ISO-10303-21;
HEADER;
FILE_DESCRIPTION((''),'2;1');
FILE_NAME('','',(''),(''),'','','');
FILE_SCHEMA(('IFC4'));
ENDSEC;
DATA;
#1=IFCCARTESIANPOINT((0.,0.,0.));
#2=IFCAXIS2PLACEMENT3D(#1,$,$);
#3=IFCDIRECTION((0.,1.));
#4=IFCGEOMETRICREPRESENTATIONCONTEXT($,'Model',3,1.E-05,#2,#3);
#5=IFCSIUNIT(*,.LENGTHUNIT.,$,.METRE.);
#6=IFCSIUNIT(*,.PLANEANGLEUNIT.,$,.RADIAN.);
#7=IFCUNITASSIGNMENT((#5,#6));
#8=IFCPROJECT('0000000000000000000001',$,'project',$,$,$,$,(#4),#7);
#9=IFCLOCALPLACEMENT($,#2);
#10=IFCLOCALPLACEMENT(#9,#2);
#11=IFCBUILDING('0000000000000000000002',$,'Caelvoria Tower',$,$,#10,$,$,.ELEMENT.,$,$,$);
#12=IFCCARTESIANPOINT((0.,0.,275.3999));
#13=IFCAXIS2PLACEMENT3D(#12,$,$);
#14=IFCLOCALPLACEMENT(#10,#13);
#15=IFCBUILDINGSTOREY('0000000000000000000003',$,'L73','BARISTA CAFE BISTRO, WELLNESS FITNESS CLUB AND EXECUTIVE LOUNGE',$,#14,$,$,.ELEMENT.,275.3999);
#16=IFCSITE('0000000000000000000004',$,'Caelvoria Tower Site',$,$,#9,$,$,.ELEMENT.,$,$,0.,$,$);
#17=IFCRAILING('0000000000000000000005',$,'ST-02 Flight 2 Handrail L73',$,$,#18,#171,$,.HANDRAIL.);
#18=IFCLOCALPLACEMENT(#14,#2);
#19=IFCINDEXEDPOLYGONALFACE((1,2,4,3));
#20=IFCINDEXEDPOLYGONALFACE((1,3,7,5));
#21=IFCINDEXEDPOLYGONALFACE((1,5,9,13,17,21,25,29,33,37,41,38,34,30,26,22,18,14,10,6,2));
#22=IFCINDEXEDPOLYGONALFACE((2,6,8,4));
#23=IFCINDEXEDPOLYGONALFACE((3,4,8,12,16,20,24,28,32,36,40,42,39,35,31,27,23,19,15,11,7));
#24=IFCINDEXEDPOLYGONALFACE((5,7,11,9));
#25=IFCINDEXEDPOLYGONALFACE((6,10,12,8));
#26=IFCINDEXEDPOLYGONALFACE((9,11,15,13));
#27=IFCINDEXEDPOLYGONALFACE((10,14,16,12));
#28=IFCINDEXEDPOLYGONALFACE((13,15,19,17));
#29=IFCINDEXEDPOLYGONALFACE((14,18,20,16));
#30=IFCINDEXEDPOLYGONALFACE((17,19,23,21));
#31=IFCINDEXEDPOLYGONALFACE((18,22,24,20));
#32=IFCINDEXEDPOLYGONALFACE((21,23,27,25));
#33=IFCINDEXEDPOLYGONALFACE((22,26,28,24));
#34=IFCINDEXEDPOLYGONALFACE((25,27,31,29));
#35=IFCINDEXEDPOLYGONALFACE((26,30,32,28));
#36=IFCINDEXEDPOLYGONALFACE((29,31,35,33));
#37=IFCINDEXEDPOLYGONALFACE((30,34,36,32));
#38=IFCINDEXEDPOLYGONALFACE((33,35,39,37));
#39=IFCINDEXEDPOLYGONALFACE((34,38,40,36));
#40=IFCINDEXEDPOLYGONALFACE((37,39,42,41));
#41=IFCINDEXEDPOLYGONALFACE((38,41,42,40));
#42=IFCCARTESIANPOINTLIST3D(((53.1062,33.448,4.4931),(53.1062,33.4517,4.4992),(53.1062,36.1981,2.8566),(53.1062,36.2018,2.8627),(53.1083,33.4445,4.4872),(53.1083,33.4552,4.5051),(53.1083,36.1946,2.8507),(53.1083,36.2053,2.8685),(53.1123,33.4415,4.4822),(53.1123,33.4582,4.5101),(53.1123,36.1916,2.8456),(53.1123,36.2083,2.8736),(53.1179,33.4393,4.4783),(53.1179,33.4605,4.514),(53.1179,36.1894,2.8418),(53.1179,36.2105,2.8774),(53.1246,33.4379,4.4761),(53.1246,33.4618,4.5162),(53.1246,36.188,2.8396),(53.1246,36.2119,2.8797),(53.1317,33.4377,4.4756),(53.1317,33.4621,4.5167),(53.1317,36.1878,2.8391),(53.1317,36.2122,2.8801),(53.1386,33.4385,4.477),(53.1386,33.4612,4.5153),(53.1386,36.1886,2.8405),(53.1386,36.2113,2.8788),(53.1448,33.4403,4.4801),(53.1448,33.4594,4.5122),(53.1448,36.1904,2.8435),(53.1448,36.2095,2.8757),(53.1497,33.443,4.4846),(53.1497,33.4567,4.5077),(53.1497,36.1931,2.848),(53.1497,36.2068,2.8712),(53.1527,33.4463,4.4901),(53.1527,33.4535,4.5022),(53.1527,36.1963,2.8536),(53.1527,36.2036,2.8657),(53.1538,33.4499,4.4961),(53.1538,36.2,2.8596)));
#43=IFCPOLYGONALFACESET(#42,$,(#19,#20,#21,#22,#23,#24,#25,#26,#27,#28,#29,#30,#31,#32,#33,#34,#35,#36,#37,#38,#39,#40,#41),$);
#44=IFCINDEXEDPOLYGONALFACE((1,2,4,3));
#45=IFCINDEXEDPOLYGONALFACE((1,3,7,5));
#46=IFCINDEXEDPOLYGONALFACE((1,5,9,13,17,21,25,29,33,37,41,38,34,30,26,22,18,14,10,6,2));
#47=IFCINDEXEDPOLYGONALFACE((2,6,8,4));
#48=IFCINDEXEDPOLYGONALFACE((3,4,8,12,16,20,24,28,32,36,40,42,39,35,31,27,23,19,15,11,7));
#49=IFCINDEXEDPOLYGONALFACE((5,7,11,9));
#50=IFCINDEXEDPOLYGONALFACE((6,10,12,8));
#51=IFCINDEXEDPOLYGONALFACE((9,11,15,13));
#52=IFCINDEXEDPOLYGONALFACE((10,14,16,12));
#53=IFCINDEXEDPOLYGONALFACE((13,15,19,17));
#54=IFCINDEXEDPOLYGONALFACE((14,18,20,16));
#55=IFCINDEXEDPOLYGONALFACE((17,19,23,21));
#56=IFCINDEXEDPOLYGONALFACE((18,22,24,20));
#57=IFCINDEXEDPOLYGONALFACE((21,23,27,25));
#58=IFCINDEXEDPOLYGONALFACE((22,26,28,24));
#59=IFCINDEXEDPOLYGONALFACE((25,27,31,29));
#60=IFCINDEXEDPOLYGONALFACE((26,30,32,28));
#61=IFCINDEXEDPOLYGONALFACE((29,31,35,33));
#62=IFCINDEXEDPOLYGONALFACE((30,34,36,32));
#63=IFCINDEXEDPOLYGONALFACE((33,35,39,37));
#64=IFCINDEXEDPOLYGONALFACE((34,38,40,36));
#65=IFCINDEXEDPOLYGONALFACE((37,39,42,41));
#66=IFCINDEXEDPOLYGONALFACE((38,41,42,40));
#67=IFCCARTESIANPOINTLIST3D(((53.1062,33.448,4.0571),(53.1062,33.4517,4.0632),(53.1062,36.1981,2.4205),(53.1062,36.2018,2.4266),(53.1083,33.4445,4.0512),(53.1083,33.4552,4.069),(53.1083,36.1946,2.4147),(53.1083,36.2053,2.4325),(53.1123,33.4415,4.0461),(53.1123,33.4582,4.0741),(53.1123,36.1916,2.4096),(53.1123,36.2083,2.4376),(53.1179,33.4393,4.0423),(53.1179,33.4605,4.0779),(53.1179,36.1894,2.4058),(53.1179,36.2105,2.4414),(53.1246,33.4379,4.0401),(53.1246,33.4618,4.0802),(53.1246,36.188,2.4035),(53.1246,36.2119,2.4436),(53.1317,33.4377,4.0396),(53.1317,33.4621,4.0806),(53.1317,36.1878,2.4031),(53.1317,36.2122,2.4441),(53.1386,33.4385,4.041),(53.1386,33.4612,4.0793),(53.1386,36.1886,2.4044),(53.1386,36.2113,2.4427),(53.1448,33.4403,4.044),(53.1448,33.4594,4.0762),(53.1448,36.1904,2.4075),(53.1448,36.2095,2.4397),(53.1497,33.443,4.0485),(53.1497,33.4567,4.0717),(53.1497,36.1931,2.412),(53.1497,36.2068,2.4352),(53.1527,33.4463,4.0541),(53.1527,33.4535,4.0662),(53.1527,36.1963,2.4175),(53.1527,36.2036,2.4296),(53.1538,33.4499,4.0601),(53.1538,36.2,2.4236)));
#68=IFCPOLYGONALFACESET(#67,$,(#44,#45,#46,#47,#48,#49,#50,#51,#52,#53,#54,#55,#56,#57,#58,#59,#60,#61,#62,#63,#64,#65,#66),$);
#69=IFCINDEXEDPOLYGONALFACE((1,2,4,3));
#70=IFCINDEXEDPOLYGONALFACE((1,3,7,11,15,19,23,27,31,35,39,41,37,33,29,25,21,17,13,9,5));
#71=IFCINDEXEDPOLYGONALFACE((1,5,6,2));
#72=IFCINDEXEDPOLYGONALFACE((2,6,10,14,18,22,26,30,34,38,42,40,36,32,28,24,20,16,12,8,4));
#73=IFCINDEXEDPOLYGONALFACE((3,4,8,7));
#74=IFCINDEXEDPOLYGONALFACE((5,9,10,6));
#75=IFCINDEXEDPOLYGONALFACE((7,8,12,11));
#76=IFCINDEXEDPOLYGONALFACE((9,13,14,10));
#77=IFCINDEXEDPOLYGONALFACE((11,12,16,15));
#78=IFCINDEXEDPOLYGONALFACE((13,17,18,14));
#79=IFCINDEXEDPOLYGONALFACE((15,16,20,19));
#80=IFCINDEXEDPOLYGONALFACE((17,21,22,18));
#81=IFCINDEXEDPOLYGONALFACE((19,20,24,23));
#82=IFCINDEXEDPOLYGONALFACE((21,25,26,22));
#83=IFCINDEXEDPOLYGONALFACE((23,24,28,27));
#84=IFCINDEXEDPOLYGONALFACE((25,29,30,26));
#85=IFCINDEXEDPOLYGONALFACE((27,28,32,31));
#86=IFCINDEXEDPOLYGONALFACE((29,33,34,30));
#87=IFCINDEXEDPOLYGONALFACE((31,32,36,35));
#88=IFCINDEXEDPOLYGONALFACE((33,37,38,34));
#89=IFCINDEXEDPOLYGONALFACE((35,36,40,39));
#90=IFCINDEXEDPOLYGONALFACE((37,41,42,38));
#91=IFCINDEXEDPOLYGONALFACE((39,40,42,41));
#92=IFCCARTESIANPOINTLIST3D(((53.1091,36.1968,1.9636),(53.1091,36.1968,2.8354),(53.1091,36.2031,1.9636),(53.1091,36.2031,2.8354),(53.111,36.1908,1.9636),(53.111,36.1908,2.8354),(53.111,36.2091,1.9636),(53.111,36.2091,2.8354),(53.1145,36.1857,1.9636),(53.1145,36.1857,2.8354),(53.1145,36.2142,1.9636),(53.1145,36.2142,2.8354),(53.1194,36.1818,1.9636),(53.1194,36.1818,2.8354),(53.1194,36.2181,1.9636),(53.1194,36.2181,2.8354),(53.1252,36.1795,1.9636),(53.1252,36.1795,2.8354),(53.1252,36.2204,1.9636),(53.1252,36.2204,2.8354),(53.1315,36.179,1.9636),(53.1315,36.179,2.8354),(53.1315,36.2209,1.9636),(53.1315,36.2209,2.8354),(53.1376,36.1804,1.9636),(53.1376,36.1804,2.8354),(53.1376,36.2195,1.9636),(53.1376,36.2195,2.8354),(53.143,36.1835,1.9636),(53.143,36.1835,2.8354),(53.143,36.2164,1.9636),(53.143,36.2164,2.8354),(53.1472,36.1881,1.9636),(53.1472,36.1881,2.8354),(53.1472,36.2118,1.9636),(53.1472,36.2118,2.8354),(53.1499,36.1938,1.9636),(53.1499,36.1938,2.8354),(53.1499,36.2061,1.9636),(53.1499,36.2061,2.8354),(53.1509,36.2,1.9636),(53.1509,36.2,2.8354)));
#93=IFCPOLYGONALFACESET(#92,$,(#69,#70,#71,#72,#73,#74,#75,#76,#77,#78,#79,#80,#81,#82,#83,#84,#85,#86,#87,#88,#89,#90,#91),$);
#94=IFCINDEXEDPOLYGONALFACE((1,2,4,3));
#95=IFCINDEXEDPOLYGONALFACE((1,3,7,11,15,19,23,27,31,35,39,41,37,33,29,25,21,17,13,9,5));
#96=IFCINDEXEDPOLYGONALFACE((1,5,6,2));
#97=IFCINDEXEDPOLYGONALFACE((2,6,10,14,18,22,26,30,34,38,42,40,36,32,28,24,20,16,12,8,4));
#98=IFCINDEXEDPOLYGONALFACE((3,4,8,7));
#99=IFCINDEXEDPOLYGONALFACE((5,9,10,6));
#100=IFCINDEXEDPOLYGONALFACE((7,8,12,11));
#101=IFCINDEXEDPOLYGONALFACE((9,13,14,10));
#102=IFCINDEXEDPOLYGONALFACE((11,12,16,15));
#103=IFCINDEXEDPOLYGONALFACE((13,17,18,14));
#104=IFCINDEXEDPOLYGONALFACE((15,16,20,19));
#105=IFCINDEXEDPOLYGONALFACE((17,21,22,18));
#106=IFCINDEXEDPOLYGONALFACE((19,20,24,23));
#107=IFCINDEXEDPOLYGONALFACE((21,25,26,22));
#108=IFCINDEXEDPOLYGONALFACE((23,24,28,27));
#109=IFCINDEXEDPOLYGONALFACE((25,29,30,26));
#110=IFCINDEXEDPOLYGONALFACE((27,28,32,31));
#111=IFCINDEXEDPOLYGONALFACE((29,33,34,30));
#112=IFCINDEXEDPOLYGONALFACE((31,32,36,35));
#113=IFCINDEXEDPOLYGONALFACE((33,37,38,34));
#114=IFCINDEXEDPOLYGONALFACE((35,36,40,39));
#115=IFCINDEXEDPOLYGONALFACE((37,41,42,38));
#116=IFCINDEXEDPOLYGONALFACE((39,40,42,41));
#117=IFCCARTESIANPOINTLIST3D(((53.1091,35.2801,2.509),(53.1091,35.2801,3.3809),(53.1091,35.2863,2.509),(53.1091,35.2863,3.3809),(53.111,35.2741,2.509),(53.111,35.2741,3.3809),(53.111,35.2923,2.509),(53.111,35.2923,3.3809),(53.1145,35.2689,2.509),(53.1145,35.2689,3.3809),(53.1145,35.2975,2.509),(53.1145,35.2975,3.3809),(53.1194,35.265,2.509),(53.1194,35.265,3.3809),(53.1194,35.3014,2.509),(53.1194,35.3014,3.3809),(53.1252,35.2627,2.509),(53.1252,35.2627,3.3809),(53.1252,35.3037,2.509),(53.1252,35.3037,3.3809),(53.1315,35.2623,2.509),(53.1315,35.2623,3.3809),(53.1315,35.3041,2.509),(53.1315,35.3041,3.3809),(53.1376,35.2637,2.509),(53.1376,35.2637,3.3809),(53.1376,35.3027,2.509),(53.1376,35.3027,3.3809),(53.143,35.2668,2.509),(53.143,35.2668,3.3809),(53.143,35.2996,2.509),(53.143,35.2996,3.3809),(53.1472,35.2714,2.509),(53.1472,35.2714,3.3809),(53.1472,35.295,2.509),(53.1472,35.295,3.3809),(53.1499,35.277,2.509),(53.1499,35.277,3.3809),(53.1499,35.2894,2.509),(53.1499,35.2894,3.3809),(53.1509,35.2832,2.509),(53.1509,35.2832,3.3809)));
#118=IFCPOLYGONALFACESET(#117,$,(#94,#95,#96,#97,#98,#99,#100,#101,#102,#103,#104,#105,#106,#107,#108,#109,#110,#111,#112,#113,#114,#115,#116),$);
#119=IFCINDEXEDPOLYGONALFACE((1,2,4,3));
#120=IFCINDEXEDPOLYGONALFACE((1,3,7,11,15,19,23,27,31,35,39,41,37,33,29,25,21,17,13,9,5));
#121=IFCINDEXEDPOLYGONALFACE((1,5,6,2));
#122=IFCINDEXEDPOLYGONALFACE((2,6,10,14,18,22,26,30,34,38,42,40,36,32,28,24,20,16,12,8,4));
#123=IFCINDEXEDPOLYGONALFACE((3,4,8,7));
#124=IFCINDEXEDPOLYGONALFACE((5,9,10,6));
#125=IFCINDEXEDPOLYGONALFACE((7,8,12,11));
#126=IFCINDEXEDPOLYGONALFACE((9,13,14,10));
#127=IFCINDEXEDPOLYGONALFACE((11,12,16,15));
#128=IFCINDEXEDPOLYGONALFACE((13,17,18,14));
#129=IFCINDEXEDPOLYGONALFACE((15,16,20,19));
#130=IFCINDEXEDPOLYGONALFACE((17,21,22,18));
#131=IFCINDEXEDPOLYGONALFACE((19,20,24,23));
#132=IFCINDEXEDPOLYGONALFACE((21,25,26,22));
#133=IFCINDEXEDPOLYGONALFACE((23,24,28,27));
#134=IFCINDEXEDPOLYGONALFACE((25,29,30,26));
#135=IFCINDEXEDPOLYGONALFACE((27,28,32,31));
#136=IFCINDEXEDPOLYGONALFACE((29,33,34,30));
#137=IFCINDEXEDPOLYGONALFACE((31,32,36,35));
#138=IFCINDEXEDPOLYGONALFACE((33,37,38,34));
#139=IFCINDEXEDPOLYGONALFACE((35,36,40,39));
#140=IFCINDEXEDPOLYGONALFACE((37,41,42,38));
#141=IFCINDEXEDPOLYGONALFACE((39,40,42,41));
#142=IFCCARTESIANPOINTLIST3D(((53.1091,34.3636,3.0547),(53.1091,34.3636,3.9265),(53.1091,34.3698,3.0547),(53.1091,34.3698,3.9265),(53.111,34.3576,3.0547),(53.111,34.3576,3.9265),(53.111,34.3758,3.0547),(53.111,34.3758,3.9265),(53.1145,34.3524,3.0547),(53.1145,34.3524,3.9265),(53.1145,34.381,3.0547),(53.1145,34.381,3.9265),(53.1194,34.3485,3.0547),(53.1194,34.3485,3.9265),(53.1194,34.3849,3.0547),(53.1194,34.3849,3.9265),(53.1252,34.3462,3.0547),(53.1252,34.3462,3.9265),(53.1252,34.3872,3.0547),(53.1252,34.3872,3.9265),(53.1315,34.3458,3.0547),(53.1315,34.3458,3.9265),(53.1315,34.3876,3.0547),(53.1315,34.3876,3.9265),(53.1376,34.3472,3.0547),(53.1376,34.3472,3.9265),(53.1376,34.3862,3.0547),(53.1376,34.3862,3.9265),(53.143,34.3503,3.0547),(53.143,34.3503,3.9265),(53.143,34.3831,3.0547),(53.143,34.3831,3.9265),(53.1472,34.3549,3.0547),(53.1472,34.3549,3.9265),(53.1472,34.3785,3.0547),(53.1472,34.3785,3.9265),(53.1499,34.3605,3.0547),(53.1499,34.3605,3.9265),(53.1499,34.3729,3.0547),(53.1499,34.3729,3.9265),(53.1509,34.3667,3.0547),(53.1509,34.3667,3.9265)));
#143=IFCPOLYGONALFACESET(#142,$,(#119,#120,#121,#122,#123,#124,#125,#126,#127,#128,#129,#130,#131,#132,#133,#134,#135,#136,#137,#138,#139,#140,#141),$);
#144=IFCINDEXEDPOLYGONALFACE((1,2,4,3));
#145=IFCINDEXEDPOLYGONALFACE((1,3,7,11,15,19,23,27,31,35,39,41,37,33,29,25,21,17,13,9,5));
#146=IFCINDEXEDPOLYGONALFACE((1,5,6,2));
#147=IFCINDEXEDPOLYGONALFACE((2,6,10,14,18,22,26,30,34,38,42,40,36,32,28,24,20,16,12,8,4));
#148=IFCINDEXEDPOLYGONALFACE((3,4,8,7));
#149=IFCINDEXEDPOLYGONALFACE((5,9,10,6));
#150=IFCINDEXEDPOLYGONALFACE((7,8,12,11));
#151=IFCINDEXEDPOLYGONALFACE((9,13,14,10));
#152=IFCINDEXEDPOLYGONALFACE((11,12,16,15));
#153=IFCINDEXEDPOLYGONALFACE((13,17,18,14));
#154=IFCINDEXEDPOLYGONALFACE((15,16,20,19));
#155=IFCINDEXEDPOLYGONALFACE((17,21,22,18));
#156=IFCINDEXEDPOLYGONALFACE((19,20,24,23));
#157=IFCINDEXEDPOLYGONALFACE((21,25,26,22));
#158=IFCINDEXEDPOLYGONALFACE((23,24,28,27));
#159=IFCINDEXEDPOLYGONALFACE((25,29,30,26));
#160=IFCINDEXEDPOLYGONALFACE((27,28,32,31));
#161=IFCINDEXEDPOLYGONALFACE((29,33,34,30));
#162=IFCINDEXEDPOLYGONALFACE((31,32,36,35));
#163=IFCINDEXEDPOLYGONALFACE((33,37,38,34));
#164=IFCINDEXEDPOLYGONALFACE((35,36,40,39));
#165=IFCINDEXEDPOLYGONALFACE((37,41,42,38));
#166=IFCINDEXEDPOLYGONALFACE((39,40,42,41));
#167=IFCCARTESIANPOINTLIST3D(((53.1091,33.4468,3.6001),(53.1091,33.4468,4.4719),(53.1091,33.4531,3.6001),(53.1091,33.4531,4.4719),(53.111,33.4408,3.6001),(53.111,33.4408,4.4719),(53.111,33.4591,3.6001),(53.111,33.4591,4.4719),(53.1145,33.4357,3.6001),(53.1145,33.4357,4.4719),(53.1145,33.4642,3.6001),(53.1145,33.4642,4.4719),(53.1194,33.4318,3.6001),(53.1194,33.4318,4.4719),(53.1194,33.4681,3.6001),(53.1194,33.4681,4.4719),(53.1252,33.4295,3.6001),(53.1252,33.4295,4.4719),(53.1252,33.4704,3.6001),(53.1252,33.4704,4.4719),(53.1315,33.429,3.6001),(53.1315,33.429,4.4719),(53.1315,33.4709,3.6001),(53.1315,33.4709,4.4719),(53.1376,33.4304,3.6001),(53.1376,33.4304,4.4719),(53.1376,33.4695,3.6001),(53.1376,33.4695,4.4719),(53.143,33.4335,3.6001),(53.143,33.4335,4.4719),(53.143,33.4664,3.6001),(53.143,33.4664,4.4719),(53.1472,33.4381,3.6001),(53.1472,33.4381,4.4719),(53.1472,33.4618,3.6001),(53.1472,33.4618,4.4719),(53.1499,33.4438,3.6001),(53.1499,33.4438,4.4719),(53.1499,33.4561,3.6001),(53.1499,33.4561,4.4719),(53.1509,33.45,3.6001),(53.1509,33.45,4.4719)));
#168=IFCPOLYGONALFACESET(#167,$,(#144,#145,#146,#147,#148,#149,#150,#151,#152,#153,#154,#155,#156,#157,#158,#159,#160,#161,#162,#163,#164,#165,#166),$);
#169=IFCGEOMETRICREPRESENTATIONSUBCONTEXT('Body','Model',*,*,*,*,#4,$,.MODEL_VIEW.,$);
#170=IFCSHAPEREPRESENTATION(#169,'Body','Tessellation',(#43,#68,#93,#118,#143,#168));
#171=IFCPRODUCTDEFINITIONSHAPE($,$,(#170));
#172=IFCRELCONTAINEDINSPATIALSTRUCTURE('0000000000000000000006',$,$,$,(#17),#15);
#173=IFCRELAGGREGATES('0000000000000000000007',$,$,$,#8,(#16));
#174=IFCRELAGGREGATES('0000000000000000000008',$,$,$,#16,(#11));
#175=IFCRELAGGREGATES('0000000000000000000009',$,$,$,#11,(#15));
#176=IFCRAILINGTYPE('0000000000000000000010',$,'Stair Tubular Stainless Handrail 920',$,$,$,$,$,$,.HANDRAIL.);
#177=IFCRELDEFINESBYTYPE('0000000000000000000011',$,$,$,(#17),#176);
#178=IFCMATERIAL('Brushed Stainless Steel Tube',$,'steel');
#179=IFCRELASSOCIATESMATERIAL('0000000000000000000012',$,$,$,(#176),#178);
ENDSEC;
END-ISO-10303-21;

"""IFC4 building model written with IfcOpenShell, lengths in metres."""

from ifc_helpers import new_model, si_unit, direction, frame, origin, origin_2d, place, context, subcontext, project, spatial, circle, extrude, material, type_object, element, save


model = new_model("IFC4")

# Units and contexts
model_context = context("Model", 3, precision=1e-05, world=origin(), true_north=direction((0.0, 1.0)))
body_context = subcontext(model_context, "Body", "Model", "MODEL_VIEW")
ifc_project = project(units=[si_unit("LENGTHUNIT", "METRE"), si_unit("PLANEANGLEUNIT", "RADIAN")], contexts=[model_context])

# Site, building, storey
site_placement = place(None, origin())
site = spatial("IfcSite", under=ifc_project, at=site_placement, Name="Caelvoria Tower Site", CompositionType="ELEMENT", RefElevation=0.0)
building_placement = place(site_placement, origin())
building = spatial("IfcBuilding", under=site, at=building_placement, Name="Caelvoria Tower", CompositionType="ELEMENT")
storey_placement = place(building_placement, frame((0.0, 0.0, 275.3999)))
storey = spatial("IfcBuildingStorey", under=building, at=storey_placement, Name="L73", Description="BARISTA CAFE BISTRO, WELLNESS FITNESS CLUB AND EXECUTIVE LOUNGE", CompositionType="ELEMENT", Elevation=275.3999)

# Railing
ifc_material_1 = material(Name="Brushed Stainless Steel Tube", Category="steel")
railing_type_1 = type_object("IfcRailingType", Name="Stair Tubular Stainless Handrail 920", PredefinedType="HANDRAIL", material=ifc_material_1)
railing_1_placement = place(storey_placement, frame((53.1299, 36.2, 1.9636)))
element("IfcRailing", 1, at=railing_1_placement, inside=storey, type_object=railing_type_1, Name="ST-02 Flight 2 Handrail L73", PredefinedType="HANDRAIL", context=body_context, shape_type="SweptSolid", body=[
    extrude(circle(Radius=0.0239, at=origin_2d()), frame((0.0, 0.0, 0.896), z_axis=(0.0, -0.859352, 0.511385), x_axis=(1.0, 0.0, 0.0)), (0.0, 0.0, 1.0), 3.2002),
    extrude(circle(Radius=0.0239, at=origin_2d()), frame((0.0, 0.0, 0.46), z_axis=(0.0, -0.859352, 0.511385), x_axis=(1.0, 0.0, 0.0)), (0.0, 0.0, 1.0), 3.2002),
    extrude(circle(Radius=0.021, at=origin_2d()), origin(), (0.0, 0.0, 1.0), 0.8718),
    extrude(circle(Radius=0.021, at=origin_2d()), frame((0.0, -0.9167, 0.5454)), (0.0, 0.0, 1.0), 0.8718),
    extrude(circle(Radius=0.021, at=origin_2d()), frame((0.0, -1.8333, 1.0911)), (0.0, 0.0, 1.0), 0.8718),
    extrude(circle(Radius=0.021, at=origin_2d()), frame((0.0, -2.75, 1.6365)), (0.0, 0.0, 1.0), 0.8718),
])

save(model, "model.ifc")
